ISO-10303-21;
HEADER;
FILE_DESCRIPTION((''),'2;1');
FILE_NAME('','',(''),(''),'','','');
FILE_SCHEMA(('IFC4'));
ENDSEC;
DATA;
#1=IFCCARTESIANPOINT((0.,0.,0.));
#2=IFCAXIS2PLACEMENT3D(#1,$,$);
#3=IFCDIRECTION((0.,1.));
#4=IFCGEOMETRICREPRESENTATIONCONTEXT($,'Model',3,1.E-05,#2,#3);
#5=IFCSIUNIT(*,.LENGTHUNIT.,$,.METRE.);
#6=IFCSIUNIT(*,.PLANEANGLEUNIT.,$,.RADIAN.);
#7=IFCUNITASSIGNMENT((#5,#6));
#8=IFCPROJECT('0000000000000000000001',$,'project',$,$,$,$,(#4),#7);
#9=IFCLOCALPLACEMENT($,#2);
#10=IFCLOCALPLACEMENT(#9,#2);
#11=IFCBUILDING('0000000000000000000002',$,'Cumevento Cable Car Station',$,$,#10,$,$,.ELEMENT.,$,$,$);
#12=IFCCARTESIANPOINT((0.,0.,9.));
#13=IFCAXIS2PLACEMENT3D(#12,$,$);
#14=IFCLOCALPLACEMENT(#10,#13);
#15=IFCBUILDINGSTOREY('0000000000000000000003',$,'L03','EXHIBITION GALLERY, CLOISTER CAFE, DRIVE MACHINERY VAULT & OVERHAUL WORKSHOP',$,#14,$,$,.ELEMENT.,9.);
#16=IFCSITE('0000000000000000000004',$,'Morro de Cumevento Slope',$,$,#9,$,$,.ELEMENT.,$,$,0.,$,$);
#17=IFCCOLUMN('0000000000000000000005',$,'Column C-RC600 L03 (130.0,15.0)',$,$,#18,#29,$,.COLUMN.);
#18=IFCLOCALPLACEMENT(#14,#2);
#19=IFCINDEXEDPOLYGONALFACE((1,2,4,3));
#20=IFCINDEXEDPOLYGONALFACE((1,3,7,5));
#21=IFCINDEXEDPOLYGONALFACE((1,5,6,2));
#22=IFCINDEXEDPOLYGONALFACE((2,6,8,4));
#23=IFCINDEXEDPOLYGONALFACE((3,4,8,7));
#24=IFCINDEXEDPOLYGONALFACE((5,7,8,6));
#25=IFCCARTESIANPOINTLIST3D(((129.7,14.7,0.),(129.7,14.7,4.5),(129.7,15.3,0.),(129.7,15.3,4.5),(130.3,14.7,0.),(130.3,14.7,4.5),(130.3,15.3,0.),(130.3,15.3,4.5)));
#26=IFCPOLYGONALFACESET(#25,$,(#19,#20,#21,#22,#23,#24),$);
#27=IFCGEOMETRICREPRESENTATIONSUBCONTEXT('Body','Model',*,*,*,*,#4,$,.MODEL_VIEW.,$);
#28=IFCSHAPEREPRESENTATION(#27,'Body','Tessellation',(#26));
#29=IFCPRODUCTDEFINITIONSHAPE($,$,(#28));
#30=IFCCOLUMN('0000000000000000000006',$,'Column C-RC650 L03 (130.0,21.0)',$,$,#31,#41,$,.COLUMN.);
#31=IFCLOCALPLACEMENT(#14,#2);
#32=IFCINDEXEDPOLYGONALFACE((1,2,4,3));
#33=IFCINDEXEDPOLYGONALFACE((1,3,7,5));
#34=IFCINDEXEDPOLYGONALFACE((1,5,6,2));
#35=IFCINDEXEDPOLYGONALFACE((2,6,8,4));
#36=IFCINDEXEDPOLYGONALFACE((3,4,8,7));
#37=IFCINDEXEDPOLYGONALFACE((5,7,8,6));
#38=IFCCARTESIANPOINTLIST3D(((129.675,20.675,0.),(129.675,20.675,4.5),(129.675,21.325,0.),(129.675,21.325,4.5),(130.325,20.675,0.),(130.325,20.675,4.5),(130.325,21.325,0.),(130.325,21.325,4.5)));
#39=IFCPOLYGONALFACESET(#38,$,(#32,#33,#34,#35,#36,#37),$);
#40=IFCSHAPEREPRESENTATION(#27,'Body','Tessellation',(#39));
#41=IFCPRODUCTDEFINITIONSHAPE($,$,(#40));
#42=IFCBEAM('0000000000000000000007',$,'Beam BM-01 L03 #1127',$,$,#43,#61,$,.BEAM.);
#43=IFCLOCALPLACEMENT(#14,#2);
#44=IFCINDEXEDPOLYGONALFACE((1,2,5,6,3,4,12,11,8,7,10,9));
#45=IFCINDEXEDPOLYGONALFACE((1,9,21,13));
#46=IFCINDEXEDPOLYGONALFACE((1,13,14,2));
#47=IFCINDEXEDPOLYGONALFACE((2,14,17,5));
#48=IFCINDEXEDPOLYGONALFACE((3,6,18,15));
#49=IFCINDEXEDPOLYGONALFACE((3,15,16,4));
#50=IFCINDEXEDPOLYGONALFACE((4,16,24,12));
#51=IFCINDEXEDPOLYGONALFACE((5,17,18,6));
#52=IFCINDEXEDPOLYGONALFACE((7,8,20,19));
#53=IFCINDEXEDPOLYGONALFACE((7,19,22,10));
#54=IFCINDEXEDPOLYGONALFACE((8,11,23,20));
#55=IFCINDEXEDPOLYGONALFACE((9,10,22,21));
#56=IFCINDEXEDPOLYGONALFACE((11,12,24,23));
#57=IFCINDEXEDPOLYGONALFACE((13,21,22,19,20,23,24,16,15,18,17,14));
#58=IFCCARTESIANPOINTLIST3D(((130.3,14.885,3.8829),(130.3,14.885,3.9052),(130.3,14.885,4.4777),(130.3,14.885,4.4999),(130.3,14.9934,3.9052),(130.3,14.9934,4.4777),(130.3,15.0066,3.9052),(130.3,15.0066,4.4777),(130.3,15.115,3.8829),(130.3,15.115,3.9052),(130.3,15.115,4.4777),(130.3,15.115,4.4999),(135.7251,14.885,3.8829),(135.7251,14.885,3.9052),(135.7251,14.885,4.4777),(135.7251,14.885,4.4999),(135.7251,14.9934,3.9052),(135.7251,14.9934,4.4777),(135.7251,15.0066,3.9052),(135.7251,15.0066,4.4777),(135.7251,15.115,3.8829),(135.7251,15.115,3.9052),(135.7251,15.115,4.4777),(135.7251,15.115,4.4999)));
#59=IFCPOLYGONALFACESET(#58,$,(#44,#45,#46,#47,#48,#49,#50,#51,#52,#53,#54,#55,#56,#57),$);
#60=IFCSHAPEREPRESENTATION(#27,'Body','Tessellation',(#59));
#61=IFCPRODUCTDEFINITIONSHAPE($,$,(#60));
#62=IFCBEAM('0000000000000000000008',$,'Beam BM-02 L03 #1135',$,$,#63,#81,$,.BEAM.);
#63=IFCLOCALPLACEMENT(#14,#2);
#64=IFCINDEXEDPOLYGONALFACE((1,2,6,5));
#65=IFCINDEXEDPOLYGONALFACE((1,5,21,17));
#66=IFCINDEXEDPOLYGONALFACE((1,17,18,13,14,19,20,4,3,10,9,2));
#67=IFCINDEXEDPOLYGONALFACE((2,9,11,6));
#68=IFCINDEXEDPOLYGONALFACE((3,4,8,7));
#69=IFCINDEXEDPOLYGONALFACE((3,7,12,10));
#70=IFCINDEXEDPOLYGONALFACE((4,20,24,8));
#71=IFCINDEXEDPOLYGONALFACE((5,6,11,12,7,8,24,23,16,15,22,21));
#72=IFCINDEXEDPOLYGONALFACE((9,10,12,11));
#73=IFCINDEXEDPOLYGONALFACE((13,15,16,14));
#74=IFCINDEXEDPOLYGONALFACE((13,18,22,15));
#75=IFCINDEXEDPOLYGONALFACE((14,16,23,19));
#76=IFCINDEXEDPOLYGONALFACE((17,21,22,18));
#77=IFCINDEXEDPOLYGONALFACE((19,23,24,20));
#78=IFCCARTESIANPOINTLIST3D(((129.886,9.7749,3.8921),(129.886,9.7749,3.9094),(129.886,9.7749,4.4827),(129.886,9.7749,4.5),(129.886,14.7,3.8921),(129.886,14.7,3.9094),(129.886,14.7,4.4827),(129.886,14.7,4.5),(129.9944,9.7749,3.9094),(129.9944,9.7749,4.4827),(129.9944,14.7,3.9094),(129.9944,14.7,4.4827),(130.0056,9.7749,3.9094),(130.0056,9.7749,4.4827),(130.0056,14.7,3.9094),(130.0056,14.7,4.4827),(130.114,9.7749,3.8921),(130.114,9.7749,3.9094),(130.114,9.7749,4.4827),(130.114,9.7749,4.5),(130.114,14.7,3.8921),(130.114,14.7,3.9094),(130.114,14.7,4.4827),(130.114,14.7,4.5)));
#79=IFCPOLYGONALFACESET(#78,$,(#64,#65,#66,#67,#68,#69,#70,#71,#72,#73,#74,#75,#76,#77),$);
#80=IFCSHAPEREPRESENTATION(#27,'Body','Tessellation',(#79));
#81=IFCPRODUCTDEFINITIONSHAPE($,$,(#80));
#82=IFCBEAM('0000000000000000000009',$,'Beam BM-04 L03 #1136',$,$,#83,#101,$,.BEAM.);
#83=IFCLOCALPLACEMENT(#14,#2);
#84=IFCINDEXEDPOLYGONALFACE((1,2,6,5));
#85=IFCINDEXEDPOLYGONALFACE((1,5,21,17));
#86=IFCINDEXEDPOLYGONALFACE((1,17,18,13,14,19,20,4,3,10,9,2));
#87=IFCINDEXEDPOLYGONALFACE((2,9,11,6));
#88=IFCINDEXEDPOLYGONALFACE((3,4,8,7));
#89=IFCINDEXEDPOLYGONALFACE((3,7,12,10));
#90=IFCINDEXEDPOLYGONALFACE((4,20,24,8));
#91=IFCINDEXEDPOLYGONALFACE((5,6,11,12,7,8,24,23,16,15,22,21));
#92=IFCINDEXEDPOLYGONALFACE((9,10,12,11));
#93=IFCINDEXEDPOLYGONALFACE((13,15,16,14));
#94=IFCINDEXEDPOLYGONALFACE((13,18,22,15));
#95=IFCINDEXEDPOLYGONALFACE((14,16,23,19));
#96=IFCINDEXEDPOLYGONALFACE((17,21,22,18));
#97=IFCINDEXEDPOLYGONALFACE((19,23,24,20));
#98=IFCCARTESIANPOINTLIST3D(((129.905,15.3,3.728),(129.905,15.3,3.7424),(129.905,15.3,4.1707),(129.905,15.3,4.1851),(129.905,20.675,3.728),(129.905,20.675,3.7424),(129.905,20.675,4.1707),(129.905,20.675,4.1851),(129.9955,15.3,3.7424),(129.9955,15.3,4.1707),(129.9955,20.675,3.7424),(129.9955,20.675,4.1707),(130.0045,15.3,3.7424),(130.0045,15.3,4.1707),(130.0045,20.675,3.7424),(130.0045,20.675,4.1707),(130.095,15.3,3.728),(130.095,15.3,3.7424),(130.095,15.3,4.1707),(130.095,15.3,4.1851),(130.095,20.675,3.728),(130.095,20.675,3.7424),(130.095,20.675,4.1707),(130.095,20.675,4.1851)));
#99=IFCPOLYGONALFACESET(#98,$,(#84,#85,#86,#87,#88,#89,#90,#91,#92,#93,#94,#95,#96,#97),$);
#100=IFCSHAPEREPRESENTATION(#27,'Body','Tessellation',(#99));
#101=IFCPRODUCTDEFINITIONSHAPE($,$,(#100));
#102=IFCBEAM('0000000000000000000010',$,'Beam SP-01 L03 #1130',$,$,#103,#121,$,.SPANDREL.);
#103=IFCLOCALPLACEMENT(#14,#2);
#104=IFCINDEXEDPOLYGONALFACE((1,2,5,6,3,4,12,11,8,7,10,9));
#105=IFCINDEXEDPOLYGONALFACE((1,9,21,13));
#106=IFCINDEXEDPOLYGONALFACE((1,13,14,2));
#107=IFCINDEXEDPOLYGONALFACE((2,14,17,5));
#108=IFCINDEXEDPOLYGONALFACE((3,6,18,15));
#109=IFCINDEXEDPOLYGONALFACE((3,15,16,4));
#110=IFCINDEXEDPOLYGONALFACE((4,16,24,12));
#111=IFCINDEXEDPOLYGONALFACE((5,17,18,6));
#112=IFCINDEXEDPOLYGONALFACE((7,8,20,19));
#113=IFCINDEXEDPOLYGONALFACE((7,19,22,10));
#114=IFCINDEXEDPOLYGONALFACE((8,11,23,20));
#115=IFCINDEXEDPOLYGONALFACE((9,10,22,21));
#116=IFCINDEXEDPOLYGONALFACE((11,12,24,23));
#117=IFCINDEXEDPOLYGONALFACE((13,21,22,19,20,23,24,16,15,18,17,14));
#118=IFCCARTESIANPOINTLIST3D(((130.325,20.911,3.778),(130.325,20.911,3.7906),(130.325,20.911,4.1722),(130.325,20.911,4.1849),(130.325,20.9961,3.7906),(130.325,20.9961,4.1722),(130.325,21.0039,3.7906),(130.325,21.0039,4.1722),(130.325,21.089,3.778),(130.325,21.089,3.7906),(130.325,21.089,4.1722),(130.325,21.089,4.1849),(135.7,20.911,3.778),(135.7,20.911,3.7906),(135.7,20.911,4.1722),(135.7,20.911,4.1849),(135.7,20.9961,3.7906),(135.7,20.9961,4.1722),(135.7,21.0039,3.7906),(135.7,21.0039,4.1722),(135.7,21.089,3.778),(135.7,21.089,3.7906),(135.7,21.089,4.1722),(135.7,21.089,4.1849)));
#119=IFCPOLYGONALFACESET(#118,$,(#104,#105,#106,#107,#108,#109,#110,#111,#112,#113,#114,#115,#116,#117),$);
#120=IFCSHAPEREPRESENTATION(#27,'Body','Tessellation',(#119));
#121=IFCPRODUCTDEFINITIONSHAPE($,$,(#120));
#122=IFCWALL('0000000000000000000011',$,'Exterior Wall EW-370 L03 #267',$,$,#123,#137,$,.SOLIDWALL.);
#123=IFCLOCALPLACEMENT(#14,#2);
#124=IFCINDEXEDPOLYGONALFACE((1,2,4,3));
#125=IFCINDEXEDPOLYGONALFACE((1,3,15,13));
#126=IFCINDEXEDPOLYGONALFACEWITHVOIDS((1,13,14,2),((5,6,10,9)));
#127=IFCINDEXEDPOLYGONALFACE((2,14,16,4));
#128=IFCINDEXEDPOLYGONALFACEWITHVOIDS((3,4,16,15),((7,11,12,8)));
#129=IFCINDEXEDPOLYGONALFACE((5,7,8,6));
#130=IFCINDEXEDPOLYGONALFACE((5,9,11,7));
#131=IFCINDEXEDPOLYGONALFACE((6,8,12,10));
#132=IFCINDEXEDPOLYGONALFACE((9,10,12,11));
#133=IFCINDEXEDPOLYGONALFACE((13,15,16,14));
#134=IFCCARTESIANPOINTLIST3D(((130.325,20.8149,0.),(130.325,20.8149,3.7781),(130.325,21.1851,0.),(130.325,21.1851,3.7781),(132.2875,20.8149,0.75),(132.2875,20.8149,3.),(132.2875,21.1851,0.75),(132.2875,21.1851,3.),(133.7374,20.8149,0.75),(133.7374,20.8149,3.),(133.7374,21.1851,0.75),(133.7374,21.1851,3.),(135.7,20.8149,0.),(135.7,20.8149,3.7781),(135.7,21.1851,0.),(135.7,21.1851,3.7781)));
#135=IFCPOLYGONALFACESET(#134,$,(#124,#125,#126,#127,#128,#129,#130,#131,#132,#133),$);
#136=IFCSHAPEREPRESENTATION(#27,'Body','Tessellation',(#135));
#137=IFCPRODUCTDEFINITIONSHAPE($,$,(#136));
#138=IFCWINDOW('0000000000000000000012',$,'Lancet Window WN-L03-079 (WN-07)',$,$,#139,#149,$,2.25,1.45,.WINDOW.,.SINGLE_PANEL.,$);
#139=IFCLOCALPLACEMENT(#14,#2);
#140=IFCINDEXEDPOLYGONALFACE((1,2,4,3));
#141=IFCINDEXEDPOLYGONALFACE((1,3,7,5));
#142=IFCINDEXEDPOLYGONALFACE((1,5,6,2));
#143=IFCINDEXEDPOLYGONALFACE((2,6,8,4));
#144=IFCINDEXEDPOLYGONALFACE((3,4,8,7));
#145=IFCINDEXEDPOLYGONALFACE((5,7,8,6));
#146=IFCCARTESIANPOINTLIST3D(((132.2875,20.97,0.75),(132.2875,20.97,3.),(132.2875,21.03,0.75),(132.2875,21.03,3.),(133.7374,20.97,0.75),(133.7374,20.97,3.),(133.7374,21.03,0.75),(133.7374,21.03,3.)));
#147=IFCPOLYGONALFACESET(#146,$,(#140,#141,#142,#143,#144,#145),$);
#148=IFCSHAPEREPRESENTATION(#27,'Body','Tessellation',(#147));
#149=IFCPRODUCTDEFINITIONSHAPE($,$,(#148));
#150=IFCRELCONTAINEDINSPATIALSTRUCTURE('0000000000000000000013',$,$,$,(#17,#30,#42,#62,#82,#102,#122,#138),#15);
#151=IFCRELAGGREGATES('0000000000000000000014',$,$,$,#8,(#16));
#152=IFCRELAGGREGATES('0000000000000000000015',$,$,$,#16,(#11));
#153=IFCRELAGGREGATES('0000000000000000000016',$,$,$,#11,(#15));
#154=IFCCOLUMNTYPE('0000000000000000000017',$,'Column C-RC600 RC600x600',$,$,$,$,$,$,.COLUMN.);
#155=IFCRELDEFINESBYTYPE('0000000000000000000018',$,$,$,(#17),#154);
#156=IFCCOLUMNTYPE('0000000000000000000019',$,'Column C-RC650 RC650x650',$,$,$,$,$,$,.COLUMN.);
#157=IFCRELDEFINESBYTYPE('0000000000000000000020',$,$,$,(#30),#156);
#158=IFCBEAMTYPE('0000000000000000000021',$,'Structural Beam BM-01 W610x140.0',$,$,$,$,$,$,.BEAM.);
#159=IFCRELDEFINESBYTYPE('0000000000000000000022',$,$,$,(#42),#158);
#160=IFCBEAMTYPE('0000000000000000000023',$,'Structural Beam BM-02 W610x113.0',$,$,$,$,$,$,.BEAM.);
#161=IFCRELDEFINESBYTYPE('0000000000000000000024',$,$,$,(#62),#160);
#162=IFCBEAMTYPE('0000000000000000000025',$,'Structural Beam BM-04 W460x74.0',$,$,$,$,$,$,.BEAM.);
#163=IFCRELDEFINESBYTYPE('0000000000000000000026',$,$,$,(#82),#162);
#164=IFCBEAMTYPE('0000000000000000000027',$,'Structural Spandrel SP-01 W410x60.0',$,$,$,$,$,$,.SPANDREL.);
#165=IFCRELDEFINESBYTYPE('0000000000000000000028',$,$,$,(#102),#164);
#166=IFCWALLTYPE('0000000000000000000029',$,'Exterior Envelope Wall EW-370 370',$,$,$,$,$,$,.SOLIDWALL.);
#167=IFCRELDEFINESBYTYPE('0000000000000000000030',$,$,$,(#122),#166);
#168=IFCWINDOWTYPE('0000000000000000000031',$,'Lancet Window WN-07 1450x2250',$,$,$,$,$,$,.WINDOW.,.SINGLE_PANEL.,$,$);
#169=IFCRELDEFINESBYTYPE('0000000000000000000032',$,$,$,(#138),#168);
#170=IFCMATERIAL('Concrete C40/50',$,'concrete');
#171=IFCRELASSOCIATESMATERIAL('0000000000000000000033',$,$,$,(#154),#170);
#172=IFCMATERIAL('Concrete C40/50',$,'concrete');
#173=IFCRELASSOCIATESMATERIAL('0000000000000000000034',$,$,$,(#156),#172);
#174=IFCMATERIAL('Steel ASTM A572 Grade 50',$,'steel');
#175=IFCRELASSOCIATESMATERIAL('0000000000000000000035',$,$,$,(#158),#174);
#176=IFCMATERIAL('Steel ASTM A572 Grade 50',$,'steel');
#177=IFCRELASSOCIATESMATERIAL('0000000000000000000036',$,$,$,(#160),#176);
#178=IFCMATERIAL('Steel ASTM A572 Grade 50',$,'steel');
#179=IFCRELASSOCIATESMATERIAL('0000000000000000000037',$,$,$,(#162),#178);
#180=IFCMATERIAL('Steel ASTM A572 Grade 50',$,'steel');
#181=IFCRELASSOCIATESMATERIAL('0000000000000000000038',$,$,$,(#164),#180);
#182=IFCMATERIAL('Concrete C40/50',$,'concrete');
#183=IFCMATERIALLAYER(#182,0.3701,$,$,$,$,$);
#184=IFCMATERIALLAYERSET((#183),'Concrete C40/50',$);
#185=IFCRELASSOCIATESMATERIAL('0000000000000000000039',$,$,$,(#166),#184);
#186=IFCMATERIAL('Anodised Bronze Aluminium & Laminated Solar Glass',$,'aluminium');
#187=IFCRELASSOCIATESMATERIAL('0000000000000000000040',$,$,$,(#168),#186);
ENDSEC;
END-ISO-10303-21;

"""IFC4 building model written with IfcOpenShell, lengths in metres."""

from ifc_helpers import new_model, si_unit, direction, frame, frame_2d, origin, origin_2d, place, context, subcontext, project, spatial, rectangle, i_section, extrude, material, layer, layer_set, material_profile, profile_set, type_object, element, fill, save


model = new_model("IFC4")

# Units and contexts
model_context = context("Model", 3, precision=1e-05, world=origin(), true_north=direction((0.0, 1.0)))
body_context = subcontext(model_context, "Body", "Model", "MODEL_VIEW")
ifc_project = project(units=[si_unit("LENGTHUNIT", "METRE"), si_unit("PLANEANGLEUNIT", "RADIAN")], contexts=[model_context])

# Site, building, storey
site_placement = place(None, origin())
site = spatial("IfcSite", under=ifc_project, at=site_placement, Name="Morro de Cumevento Slope", CompositionType="ELEMENT", RefElevation=0.0)
building_placement = place(site_placement, origin())
building = spatial("IfcBuilding", under=site, at=building_placement, Name="Cumevento Cable Car Station", CompositionType="ELEMENT")
storey_placement = place(building_placement, frame((0.0, 0.0, 9.0)))
storey = spatial("IfcBuildingStorey", under=building, at=storey_placement, Name="L03", Description="EXHIBITION GALLERY, CLOISTER CAFE, DRIVE MACHINERY VAULT & OVERHAUL WORKSHOP", CompositionType="ELEMENT", Elevation=9.0)

# Columns
ifc_material_1 = material(Name="Concrete C40/50", Category="concrete")
ifc_material_profile_1 = material_profile(ifc_material_1, rectangle(XDim=0.6001, YDim=0.6001, at=origin_2d()), Name="RC600x600")
ifc_profile_set_1 = profile_set([ifc_material_profile_1], Name="Concrete C40/50")
column_type_1 = type_object("IfcColumnType", Name="Column C-RC600 RC600x600", PredefinedType="COLUMN", material=ifc_profile_set_1)
column_1_placement = place(storey_placement, frame((130.0, 15.0, 0.0), z_axis=(0.0, 0.0, 1.0), x_axis=(1.0, 0.0, 0.0)))
element("IfcColumn", 1, at=column_1_placement, inside=storey, type_object=column_type_1, Name="Column C-RC600 L03 (130.0,15.0)", PredefinedType="COLUMN", context=body_context, shape_type="SweptSolid", body=[
    extrude(rectangle(XDim=0.6001, YDim=0.6001, at=origin_2d()), origin(), (0.0, 0.0, 1.0), 4.5),
])
ifc_material_2 = material(Name="Concrete C40/50", Category="concrete")
ifc_material_profile_2 = material_profile(ifc_material_2, rectangle(XDim=0.6499, YDim=0.6499, at=origin_2d()), Name="RC650x650")
ifc_profile_set_2 = profile_set([ifc_material_profile_2], Name="Concrete C40/50")
column_type_2 = type_object("IfcColumnType", Name="Column C-RC650 RC650x650", PredefinedType="COLUMN", material=ifc_profile_set_2)
column_2_placement = place(storey_placement, frame((130.0, 21.0, 0.0), z_axis=(0.0, 0.0, 1.0), x_axis=(1.0, 0.0, 0.0)))
element("IfcColumn", 2, at=column_2_placement, inside=storey, type_object=column_type_2, Name="Column C-RC650 L03 (130.0,21.0)", PredefinedType="COLUMN", context=body_context, shape_type="SweptSolid", body=[
    extrude(rectangle(XDim=0.6499, YDim=0.6499, at=origin_2d()), origin(), (0.0, 0.0, 1.0), 4.5),
])

# Beams
ifc_material_3 = material(Name="Steel ASTM A572 Grade 50", Category="steel")
ifc_material_profile_3 = material_profile(ifc_material_3, i_section(OverallWidth=0.23, OverallDepth=0.6169, WebThickness=0.0132, FlangeThickness=0.0222, at=origin_2d()), Name="W610x140.0")
ifc_profile_set_3 = profile_set([ifc_material_profile_3], Name="Steel ASTM A572 Grade 50")
beam_type_1 = type_object("IfcBeamType", Name="Structural Beam BM-01 W610x140.0", PredefinedType="BEAM", material=ifc_profile_set_3)
beam_1_placement = place(storey_placement, frame((130.3, 15.0, 4.1914), z_axis=(1.0, 0.0, 0.0), x_axis=(0.0, 1.0, 0.0)))
element("IfcBeam", 3, at=beam_1_placement, inside=storey, type_object=beam_type_1, Name="Beam BM-01 L03 #1127", PredefinedType="BEAM", context=body_context, shape_type="SweptSolid", body=[
    extrude(i_section(OverallWidth=0.23, OverallDepth=0.6169, WebThickness=0.0132, FlangeThickness=0.0222, at=origin_2d()), origin(), (0.0, 0.0, 1.0), 5.425),
])
ifc_material_4 = material(Name="Steel ASTM A572 Grade 50", Category="steel")
ifc_material_profile_4 = material_profile(ifc_material_4, i_section(OverallWidth=0.228, OverallDepth=0.6079, WebThickness=0.0112, FlangeThickness=0.0173, at=origin_2d()), Name="W610x113.0")
ifc_profile_set_4 = profile_set([ifc_material_profile_4], Name="Steel ASTM A572 Grade 50")
beam_type_2 = type_object("IfcBeamType", Name="Structural Beam BM-02 W610x113.0", PredefinedType="BEAM", material=ifc_profile_set_4)
beam_2_placement = place(storey_placement, frame((130.0, 9.7749, 4.196), z_axis=(0.0, 1.0, 0.0), x_axis=(-1.0, 0.0, 0.0)))
element("IfcBeam", 4, at=beam_2_placement, inside=storey, type_object=beam_type_2, Name="Beam BM-02 L03 #1135", PredefinedType="BEAM", context=body_context, shape_type="SweptSolid", body=[
    extrude(i_section(OverallWidth=0.228, OverallDepth=0.6079, WebThickness=0.0112, FlangeThickness=0.0173, at=origin_2d()), origin(), (0.0, 0.0, 1.0), 4.925),
])
ifc_material_5 = material(Name="Steel ASTM A572 Grade 50", Category="steel")
ifc_material_profile_5 = material_profile(ifc_material_5, i_section(OverallWidth=0.1899, OverallDepth=0.457, WebThickness=0.009, FlangeThickness=0.0144, at=origin_2d()), Name="W460x74.0")
ifc_profile_set_5 = profile_set([ifc_material_profile_5], Name="Steel ASTM A572 Grade 50")
beam_type_3 = type_object("IfcBeamType", Name="Structural Beam BM-04 W460x74.0", PredefinedType="BEAM", material=ifc_profile_set_5)
beam_3_placement = place(storey_placement, frame((130.0, 15.3, 3.9565), z_axis=(0.0, 1.0, 0.0), x_axis=(-1.0, 0.0, 0.0)))
element("IfcBeam", 5, at=beam_3_placement, inside=storey, type_object=beam_type_3, Name="Beam BM-04 L03 #1136", PredefinedType="BEAM", context=body_context, shape_type="SweptSolid", body=[
    extrude(i_section(OverallWidth=0.1899, OverallDepth=0.457, WebThickness=0.009, FlangeThickness=0.0144, at=origin_2d()), origin(), (0.0, 0.0, 1.0), 5.375),
])
ifc_material_6 = material(Name="Steel ASTM A572 Grade 50", Category="steel")
ifc_material_profile_6 = material_profile(ifc_material_6, i_section(OverallWidth=0.178, OverallDepth=0.407, WebThickness=0.0078, FlangeThickness=0.0127, at=origin_2d()), Name="W410x60.0")
ifc_profile_set_6 = profile_set([ifc_material_profile_6], Name="Steel ASTM A572 Grade 50")
beam_type_4 = type_object("IfcBeamType", Name="Structural Spandrel SP-01 W410x60.0", PredefinedType="SPANDREL", material=ifc_profile_set_6)
beam_4_placement = place(storey_placement, frame((130.325, 21.0, 3.9814), z_axis=(1.0, 0.0, 0.0), x_axis=(0.0, 1.0, 0.0)))
element("IfcBeam", 6, at=beam_4_placement, inside=storey, type_object=beam_type_4, Name="Beam SP-01 L03 #1130", PredefinedType="SPANDREL", context=body_context, shape_type="SweptSolid", body=[
    extrude(i_section(OverallWidth=0.178, OverallDepth=0.407, WebThickness=0.0078, FlangeThickness=0.0127, at=origin_2d()), origin(), (0.0, 0.0, 1.0), 5.375),
])

# Wall, opening, window
ifc_material_7 = material(Name="Concrete C40/50", Category="concrete")
ifc_layer_1 = layer(ifc_material_7, 0.3701)
ifc_layer_set_1 = layer_set([ifc_layer_1], Name="Concrete C40/50")
wall_type_1 = type_object("IfcWallType", Name="Exterior Envelope Wall EW-370 370", PredefinedType="SOLIDWALL", material=ifc_layer_set_1)
wall_1_placement = place(storey_placement, frame((130.325, 21.0, 0.0), z_axis=(0.0, 0.0, 1.0), x_axis=(1.0, 0.0, 0.0)))
wall_1 = element("IfcWall", 7, at=wall_1_placement, inside=storey, type_object=wall_type_1, Name="Exterior Wall EW-370 L03 #267", PredefinedType="SOLIDWALL", context=body_context, shape_type="SweptSolid", body=[
    extrude(rectangle(XDim=5.375, YDim=0.3701, at=frame_2d((2.6875, 0.0))), origin(), (0.0, 0.0, 1.0), 3.7781),
])
opening_1_placement = place(wall_1_placement, frame((1.9624, 0.0, 0.75)))
opening_1 = element("IfcOpeningElement", 8, at=opening_1_placement, cuts=wall_1, PredefinedType="OPENING", context=body_context, shape_type="SweptSolid", body=[
    extrude(rectangle(XDim=1.45, YDim=2.25, at=frame_2d((0.7251, 1.125))), frame((0.0, 0.1951, 0.0), z_axis=(0.0, -1.0, 0.0), x_axis=(1.0, 0.0, 0.0)), (0.0, 0.0, 1.0), 0.3901),
])
ifc_material_8 = material(Name="Anodised Bronze Aluminium & Laminated Solar Glass", Category="aluminium")
window_type = type_object("IfcWindowType", Name="Lancet Window WN-07 1450x2250", PartitioningType="SINGLE_PANEL", PredefinedType="WINDOW", material=ifc_material_8)
window_placement = place(opening_1_placement, origin())
window = element("IfcWindow", 9, at=window_placement, inside=storey, type_object=window_type, Name="Lancet Window WN-L03-079 (WN-07)", OverallHeight=2.25, OverallWidth=1.45, PartitioningType="SINGLE_PANEL", PredefinedType="WINDOW", context=body_context, shape_type="SweptSolid", body=[
    extrude(rectangle(XDim=1.45, YDim=2.25, at=frame_2d((0.7251, 1.125))), frame((0.0, 0.03, 0.0), z_axis=(0.0, -1.0, 0.0), x_axis=(1.0, 0.0, 0.0)), (0.0, 0.0, 1.0), 0.0601),
])
fill(opening_1, window)

save(model, "model.ifc")
